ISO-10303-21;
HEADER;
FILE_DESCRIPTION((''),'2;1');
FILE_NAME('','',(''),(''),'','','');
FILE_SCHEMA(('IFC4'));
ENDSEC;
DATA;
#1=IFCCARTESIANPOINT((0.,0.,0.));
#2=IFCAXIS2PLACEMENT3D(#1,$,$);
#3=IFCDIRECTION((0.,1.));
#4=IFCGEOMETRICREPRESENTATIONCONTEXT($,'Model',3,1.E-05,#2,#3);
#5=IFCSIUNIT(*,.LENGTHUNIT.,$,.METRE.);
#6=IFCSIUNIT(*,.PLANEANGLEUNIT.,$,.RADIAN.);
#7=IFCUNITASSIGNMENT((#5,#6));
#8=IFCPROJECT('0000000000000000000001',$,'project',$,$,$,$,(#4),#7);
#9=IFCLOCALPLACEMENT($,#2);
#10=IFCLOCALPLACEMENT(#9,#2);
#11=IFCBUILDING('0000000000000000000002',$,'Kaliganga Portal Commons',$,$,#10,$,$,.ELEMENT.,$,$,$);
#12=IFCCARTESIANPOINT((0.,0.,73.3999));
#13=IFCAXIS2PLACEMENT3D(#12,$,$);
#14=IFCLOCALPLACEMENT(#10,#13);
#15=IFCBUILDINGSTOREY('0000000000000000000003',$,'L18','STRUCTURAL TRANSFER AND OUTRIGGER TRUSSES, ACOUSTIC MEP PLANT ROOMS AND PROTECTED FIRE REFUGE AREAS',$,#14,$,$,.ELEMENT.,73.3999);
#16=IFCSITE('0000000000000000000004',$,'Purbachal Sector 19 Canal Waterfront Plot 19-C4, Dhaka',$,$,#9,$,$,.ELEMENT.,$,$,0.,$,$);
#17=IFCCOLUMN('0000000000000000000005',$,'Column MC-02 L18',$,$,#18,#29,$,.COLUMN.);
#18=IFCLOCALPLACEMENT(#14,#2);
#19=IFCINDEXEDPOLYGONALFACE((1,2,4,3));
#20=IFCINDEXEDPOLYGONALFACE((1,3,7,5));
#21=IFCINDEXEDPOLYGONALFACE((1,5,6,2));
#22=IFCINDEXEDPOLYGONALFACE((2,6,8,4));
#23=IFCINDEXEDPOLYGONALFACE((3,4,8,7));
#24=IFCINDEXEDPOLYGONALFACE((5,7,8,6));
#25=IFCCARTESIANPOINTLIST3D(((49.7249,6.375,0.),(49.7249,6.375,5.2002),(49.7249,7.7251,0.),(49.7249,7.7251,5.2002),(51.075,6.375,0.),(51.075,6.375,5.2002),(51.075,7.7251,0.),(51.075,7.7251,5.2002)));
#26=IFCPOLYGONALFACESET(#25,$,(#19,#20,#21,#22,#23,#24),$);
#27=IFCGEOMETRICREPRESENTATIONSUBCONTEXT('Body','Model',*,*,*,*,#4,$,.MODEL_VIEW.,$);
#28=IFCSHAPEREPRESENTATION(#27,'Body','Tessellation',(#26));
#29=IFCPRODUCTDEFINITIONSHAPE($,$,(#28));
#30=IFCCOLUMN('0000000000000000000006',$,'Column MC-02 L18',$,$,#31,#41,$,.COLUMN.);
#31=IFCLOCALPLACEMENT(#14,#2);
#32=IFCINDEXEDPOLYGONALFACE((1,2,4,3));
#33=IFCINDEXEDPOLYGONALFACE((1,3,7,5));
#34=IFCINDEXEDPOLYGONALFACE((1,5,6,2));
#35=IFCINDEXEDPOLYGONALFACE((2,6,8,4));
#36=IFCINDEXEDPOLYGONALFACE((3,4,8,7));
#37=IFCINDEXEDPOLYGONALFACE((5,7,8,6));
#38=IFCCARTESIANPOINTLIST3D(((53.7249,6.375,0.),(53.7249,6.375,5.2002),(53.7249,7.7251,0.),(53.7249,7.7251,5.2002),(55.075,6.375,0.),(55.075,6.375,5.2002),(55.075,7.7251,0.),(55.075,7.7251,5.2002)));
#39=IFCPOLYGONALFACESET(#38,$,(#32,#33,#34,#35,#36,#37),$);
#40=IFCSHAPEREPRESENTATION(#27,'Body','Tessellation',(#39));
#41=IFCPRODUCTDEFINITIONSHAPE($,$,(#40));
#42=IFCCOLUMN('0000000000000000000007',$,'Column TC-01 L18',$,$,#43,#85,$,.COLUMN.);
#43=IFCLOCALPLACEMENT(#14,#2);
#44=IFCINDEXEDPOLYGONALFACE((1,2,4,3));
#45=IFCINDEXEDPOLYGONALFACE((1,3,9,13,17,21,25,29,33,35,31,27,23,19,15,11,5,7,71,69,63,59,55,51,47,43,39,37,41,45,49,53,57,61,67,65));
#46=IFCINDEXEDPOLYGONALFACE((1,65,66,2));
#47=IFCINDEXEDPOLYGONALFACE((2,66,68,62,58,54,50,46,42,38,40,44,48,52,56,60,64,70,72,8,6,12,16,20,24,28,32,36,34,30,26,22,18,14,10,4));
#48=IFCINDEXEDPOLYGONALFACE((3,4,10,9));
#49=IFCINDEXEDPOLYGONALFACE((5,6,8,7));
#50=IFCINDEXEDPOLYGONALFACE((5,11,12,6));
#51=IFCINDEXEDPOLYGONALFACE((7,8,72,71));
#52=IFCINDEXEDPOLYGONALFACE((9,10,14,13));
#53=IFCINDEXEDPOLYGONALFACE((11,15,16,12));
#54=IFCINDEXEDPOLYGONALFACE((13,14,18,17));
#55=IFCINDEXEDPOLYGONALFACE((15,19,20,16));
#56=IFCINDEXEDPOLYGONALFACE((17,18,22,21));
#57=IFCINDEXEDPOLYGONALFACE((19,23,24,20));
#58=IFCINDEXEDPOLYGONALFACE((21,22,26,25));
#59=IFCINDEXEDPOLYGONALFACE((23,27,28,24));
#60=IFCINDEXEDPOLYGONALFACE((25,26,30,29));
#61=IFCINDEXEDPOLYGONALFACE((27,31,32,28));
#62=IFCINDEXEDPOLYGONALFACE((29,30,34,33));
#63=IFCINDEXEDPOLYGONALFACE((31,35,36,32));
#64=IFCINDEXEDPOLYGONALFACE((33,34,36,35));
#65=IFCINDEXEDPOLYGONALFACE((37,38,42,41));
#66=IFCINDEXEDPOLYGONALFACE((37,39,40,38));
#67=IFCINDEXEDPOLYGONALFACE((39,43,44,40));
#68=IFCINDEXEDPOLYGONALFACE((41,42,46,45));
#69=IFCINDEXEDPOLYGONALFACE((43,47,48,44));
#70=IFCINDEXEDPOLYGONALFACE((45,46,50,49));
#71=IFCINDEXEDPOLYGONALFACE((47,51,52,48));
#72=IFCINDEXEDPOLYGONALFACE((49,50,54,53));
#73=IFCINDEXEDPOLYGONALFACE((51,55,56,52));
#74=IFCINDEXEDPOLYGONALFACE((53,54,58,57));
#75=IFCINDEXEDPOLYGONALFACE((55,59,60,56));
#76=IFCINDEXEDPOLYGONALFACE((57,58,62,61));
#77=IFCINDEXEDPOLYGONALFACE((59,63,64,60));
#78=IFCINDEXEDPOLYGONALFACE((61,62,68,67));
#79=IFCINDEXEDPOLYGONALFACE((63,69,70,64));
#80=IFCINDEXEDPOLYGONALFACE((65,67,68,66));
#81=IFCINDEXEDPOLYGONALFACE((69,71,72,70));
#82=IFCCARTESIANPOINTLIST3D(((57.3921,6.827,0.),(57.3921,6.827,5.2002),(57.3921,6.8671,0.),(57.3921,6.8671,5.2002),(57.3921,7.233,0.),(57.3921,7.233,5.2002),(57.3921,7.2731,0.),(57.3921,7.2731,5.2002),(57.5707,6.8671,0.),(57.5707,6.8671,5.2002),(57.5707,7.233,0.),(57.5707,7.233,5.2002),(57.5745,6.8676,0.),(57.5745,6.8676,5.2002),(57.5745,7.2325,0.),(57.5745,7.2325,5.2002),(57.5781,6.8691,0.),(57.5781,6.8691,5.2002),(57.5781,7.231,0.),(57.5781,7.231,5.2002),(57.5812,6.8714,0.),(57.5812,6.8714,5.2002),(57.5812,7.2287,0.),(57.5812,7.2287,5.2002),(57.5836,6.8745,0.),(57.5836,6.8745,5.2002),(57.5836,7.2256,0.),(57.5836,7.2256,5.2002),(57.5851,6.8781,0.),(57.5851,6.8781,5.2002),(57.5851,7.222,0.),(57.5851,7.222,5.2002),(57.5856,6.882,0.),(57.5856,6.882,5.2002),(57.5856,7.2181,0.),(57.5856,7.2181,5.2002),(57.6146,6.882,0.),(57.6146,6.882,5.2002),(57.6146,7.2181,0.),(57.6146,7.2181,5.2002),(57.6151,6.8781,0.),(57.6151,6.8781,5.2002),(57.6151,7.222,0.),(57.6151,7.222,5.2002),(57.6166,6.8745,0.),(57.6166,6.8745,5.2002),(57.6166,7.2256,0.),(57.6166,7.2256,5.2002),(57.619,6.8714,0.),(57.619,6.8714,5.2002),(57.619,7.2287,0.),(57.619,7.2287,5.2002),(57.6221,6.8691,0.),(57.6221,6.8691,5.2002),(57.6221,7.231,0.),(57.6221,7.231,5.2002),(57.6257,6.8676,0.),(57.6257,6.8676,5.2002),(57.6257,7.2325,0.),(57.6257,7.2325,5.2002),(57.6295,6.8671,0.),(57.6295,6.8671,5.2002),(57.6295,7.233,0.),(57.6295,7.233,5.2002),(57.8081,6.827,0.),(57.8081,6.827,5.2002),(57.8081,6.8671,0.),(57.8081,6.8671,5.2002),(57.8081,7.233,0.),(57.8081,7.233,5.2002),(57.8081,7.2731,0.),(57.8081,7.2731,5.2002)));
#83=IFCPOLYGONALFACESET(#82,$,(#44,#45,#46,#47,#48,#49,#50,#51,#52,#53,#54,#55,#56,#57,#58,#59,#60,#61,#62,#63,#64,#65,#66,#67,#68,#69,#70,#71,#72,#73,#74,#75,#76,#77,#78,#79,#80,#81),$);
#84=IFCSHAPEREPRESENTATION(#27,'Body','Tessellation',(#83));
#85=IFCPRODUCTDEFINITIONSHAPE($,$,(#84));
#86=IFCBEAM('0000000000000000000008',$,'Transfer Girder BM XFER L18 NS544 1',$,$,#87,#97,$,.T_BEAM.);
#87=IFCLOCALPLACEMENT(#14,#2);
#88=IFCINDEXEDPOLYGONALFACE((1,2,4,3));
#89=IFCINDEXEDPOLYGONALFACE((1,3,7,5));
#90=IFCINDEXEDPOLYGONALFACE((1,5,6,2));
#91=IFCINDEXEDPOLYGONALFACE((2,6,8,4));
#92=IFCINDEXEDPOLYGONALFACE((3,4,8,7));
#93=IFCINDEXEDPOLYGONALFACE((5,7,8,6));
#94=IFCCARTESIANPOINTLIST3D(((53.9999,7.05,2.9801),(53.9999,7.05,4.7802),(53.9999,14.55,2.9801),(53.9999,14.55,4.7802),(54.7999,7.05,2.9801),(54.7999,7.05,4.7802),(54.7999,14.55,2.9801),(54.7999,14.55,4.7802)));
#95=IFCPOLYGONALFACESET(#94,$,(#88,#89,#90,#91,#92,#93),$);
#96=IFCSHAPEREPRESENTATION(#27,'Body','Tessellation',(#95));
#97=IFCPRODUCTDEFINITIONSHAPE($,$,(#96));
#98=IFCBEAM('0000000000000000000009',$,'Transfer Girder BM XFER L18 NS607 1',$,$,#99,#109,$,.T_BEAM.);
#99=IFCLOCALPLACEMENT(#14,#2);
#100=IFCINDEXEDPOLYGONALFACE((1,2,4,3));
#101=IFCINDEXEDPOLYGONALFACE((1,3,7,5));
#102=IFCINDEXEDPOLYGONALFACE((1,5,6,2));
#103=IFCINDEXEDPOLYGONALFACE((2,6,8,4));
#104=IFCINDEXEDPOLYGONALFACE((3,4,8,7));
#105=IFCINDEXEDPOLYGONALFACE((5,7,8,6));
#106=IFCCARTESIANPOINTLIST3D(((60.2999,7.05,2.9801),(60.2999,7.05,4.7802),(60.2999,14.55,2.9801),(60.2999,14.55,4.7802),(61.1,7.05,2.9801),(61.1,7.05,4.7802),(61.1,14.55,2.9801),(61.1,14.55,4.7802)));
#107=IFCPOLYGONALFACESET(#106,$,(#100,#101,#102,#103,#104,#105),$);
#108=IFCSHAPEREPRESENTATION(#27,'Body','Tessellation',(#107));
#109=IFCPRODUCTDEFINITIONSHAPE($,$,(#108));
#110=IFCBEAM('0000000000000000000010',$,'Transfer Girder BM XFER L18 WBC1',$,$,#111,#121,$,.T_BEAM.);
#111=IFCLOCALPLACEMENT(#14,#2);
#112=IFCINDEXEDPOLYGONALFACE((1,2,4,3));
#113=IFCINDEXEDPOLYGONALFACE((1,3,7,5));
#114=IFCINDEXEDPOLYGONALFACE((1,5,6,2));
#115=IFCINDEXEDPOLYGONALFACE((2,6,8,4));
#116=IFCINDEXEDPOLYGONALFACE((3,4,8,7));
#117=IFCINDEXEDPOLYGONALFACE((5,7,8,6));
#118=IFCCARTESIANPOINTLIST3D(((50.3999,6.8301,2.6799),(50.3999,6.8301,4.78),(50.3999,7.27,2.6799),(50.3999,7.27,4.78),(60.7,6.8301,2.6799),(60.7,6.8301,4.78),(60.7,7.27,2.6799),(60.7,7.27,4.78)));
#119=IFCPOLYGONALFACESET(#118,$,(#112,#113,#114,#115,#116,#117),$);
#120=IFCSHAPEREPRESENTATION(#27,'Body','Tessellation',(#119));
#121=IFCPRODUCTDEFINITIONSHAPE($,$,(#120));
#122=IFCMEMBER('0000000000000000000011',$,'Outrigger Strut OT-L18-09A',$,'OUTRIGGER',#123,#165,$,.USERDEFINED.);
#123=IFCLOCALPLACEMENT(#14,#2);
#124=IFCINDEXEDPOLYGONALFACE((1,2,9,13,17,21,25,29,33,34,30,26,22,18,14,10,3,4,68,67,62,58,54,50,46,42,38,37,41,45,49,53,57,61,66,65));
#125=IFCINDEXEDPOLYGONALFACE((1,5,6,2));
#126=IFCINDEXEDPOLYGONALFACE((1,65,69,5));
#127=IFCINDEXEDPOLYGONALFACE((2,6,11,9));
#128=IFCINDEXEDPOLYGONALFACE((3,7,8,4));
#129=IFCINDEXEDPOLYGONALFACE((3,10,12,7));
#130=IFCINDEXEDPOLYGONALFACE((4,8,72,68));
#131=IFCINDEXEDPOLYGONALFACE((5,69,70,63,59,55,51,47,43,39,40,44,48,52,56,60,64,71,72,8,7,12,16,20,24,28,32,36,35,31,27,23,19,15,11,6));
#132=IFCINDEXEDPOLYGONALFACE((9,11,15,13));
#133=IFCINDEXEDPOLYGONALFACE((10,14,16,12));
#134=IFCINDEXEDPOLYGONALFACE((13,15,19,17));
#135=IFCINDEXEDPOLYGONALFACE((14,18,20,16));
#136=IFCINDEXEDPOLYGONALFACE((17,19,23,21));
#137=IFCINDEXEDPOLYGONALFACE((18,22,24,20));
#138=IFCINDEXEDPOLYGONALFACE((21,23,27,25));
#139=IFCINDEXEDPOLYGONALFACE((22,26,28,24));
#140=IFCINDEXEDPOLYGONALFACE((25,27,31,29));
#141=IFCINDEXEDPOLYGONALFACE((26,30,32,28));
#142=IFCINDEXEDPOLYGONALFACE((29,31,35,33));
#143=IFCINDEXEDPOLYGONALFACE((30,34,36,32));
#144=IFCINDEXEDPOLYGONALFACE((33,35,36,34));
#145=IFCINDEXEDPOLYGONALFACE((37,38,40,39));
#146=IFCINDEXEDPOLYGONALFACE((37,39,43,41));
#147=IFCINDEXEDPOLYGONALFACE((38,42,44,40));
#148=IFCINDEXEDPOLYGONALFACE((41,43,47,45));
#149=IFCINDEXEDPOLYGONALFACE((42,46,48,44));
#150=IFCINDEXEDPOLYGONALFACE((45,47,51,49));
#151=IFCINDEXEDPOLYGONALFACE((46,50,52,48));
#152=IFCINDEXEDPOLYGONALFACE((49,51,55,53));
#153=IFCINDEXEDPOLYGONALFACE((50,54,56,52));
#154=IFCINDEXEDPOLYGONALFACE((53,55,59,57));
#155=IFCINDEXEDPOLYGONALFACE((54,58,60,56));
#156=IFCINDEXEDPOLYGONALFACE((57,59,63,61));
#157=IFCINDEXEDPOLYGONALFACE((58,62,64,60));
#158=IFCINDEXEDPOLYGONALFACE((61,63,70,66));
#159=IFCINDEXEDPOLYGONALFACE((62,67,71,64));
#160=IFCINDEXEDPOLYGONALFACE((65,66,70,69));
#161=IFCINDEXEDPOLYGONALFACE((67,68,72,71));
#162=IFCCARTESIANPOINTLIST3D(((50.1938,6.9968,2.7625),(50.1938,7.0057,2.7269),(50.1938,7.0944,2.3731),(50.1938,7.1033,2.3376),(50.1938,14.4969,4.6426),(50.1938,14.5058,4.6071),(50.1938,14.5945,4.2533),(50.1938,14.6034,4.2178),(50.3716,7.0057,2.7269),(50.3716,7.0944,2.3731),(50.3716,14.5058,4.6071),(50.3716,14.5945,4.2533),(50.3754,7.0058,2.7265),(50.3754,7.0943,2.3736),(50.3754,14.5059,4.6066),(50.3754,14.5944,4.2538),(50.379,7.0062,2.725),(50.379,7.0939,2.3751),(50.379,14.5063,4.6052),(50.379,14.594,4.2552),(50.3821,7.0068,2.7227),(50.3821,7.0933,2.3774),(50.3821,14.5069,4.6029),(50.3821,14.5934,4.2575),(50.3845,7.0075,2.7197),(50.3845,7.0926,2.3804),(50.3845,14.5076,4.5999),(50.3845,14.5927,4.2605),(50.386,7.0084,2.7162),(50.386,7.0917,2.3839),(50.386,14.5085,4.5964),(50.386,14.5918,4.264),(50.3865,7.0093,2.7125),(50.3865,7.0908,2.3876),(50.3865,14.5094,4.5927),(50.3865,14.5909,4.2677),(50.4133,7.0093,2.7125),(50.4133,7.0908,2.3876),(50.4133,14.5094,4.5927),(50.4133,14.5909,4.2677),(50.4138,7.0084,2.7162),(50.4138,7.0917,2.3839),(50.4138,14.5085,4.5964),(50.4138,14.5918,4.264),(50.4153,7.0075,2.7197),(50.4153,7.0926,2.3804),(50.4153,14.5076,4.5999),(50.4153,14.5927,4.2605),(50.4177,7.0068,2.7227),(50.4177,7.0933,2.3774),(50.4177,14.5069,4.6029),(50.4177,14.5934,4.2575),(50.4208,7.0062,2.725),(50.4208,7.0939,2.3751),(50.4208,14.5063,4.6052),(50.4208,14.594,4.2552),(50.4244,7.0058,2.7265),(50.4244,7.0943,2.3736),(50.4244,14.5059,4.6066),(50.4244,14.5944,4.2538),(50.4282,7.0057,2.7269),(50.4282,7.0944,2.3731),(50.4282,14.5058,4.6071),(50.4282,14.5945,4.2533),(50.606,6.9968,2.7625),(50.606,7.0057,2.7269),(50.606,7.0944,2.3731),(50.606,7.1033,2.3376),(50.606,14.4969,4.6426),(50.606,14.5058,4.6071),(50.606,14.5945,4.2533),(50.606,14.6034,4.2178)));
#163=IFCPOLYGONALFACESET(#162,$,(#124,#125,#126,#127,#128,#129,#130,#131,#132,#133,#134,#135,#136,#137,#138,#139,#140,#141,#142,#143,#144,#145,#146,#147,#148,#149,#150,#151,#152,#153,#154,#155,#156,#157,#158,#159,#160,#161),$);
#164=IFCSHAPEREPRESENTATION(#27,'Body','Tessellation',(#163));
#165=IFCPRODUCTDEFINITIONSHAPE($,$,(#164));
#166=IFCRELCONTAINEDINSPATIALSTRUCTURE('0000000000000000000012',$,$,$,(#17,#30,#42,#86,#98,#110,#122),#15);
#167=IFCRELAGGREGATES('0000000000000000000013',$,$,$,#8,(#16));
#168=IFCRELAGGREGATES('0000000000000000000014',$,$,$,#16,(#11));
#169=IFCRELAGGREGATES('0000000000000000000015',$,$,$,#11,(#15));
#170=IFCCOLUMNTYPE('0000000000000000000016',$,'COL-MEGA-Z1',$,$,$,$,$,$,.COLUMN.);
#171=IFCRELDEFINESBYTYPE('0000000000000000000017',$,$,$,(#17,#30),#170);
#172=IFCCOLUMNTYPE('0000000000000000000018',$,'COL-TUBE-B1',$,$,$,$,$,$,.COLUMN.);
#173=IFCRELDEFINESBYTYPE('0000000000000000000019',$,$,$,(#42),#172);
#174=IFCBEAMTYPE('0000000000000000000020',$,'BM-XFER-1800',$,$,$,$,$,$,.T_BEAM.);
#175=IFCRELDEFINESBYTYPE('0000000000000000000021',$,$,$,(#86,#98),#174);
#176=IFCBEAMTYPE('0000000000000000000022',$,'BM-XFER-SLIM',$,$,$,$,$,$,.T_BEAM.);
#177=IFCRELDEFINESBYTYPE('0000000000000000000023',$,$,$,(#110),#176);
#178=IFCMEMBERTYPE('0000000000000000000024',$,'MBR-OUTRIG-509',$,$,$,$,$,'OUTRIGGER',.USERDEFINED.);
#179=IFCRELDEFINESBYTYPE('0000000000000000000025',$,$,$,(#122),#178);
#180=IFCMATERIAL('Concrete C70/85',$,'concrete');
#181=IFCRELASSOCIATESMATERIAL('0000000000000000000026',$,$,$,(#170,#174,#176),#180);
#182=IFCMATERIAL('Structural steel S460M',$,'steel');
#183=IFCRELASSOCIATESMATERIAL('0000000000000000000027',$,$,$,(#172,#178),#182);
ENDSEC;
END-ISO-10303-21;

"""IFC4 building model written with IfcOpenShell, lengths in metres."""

from ifc_helpers import new_model, si_unit, direction, frame, origin, origin_2d, place, context, subcontext, project, spatial, rectangle, i_section, extrude, source, transform, mapped, material, material_profile, profile_set, type_object, element, save


model = new_model("IFC4")

# Units and contexts
model_context = context("Model", 3, precision=1e-05, world=origin(), true_north=direction((0.0, 1.0)))
body_context = subcontext(model_context, "Body", "Model", "MODEL_VIEW")
ifc_project = project(units=[si_unit("LENGTHUNIT", "METRE"), si_unit("PLANEANGLEUNIT", "RADIAN")], contexts=[model_context])

# Site, building, storey
site_placement = place(None, origin())
site = spatial("IfcSite", under=ifc_project, at=site_placement, Name="Purbachal Sector 19 Canal Waterfront Plot 19-C4, Dhaka", CompositionType="ELEMENT", RefElevation=0.0)
building_placement = place(site_placement, origin())
building = spatial("IfcBuilding", under=site, at=building_placement, Name="Kaliganga Portal Commons", CompositionType="ELEMENT")
storey_placement = place(building_placement, frame((0.0, 0.0, 73.3999)))
storey = spatial("IfcBuildingStorey", under=building, at=storey_placement, Name="L18", Description="STRUCTURAL TRANSFER AND OUTRIGGER TRUSSES, ACOUSTIC MEP PLANT ROOMS AND PROTECTED FIRE REFUGE AREAS", CompositionType="ELEMENT", Elevation=73.3999)

# Columns
ifc_material_1 = material(Name="Concrete C70/85", Category="concrete")
ifc_material_profile_1 = material_profile(ifc_material_1, rectangle(XDim=1.3501, YDim=1.3501, at=origin_2d()), Name="RC 1350x1350")
ifc_profile_set_1 = profile_set([ifc_material_profile_1], Name="Concrete C70/85")
column_type_1 = type_object("IfcColumnType", Name="COL-MEGA-Z1", PredefinedType="COLUMN", material=ifc_profile_set_1)
shared_shape_1 = source(origin(), body_context, "Body", "SweptSolid", [
    extrude(rectangle(XDim=1.3501, YDim=1.3501, at=origin_2d()), origin(), (0.0, 0.0, 1.0), 5.2002),
])
for number, where, z_axis, x_axis, name in (
    (1, (50.3999, 7.05, 0.0), (0.0, 0.0, 1.0), (1.0, 0.0, 0.0), "Column MC-02 L18"),
    (2, (54.3999, 7.05, 0.0), (0.0, 0.0, 1.0), (1.0, 0.0, 0.0), "Column MC-02 L18"),
):
    element("IfcColumn", number, at=place(storey_placement, frame(where, z_axis=z_axis, x_axis=x_axis)), inside=storey, type_object=column_type_1, Name=name, PredefinedType="COLUMN", context=body_context, shape_type="MappedRepresentation", body=[
        mapped(shared_shape_1, transform((0.0, 0.0, 0.0), x_axis=(1.0, 0.0, 0.0), y_axis=(0.0, 1.0, 0.0), z_axis=(0.0, 0.0, 1.0), scale=1.0)),
    ])
ifc_material_2 = material(Name="Structural steel S460M", Category="steel")
ifc_material_profile_2 = material_profile(ifc_material_2, i_section(OverallWidth=0.416, OverallDepth=0.446, WebThickness=0.0291, FlangeThickness=0.04, FilletRadius=0.0149, at=origin_2d()), Name="HD 400x509")
ifc_profile_set_2 = profile_set([ifc_material_profile_2], Name="Structural steel S460M wide-flange")
column_type_2 = type_object("IfcColumnType", Name="COL-TUBE-B1", PredefinedType="COLUMN", material=ifc_profile_set_2)
shared_shape_2 = source(origin(), body_context, "Body", "SweptSolid", [
    extrude(i_section(OverallWidth=0.416, OverallDepth=0.446, WebThickness=0.0291, FlangeThickness=0.04, FilletRadius=0.0149, at=origin_2d()), origin(), (0.0, 0.0, 1.0), 5.2002),
])
column_placement = place(storey_placement, frame((57.6001, 7.05, 0.0), z_axis=(0.0, 0.0, 1.0), x_axis=(1.0, 0.0, 0.0)))
element("IfcColumn", 3, at=column_placement, inside=storey, type_object=column_type_2, Name="Column TC-01 L18", PredefinedType="COLUMN", context=body_context, shape_type="MappedRepresentation", body=[
    mapped(shared_shape_2, transform((0.0, 0.0, 0.0), x_axis=(1.0, 0.0, 0.0), y_axis=(0.0, 1.0, 0.0), z_axis=(0.0, 0.0, 1.0), scale=1.0)),
])

# Beams
ifc_material_profile_3 = material_profile(ifc_material_1, rectangle(XDim=0.8, YDim=1.8, at=origin_2d()), Name="RC 800x1800")
ifc_profile_set_3 = profile_set([ifc_material_profile_3], Name="Concrete C70/85")
beam_type_1 = type_object("IfcBeamType", Name="BM-XFER-1800", PredefinedType="T_BEAM", material=ifc_profile_set_3)
shared_shape_3 = source(origin(), body_context, "Body", "SweptSolid", [
    extrude(rectangle(XDim=0.8, YDim=1.8, at=origin_2d()), origin(), (0.0, 0.0, 1.0), 7.5),
])
for number, where, z_axis, x_axis, name in (
    (4, (54.3999, 7.05, 3.8801), (0.0, 1.0, 0.0), (-1.0, 0.0, 0.0), "Transfer Girder BM XFER L18 NS544 1"),
    (5, (60.7, 7.05, 3.8801), (0.0, 1.0, 0.0), (-1.0, 0.0, 0.0), "Transfer Girder BM XFER L18 NS607 1"),
):
    element("IfcBeam", number, at=place(storey_placement, frame(where, z_axis=z_axis, x_axis=x_axis)), inside=storey, type_object=beam_type_1, Name=name, PredefinedType="T_BEAM", context=body_context, shape_type="MappedRepresentation", body=[
        mapped(shared_shape_3, transform((0.0, 0.0, 0.0), x_axis=(1.0, 0.0, 0.0), y_axis=(0.0, 1.0, 0.0), z_axis=(0.0, 0.0, 1.0), scale=1.0)),
    ])
ifc_material_profile_4 = material_profile(ifc_material_1, rectangle(XDim=0.4399, YDim=2.1001, at=origin_2d()), Name="RC 440x2100")
ifc_profile_set_4 = profile_set([ifc_material_profile_4], Name="Concrete C70/85")
beam_type_2 = type_object("IfcBeamType", Name="BM-XFER-SLIM", PredefinedType="T_BEAM", material=ifc_profile_set_4)
shared_shape_4 = source(origin(), body_context, "Body", "SweptSolid", [
    extrude(rectangle(XDim=0.4399, YDim=2.1001, at=origin_2d()), origin(), (0.0, 0.0, 1.0), 10.3),
])
beam_placement = place(storey_placement, frame((50.3999, 7.05, 3.73), z_axis=(1.0, 0.0, 0.0), x_axis=(0.0, 1.0, 0.0)))
element("IfcBeam", 6, at=beam_placement, inside=storey, type_object=beam_type_2, Name="Transfer Girder BM XFER L18 WBC1", PredefinedType="T_BEAM", context=body_context, shape_type="MappedRepresentation", body=[
    mapped(shared_shape_4, transform((0.0, 0.0, 0.0), x_axis=(1.0, 0.0, 0.0), y_axis=(0.0, 1.0, 0.0), z_axis=(0.0, 0.0, 1.0), scale=1.0)),
])

# Member
ifc_material_profile_5 = material_profile(ifc_material_2, i_section(OverallWidth=0.4121, OverallDepth=0.438, WebThickness=0.0269, FlangeThickness=0.0366, FilletRadius=0.0149, at=origin_2d()), Name="HD 400x463")
ifc_profile_set_5 = profile_set([ifc_material_profile_5], Name="Structural steel S460M wide-flange")
member_type_1 = type_object("IfcMemberType", Name="MBR-OUTRIG-509", ElementType="OUTRIGGER", PredefinedType="USERDEFINED", material=ifc_profile_set_5)
shared_shape_5 = source(origin(), body_context, "Body", "SweptSolid", [
    extrude(i_section(OverallWidth=0.4121, OverallDepth=0.438, WebThickness=0.0269, FlangeThickness=0.0366, FilletRadius=0.0149, at=origin_2d()), origin(), (0.0, 0.0, 1.0), 7.7322),
])
member_placement = place(storey_placement, frame((50.3999, 7.05, 2.55), z_axis=(0.0, 0.969986, 0.24316), x_axis=(-1.0, 0.0, 0.0)))
element("IfcMember", 7, at=member_placement, inside=storey, type_object=member_type_1, Name="Outrigger Strut OT-L18-09A", ObjectType="OUTRIGGER", PredefinedType="USERDEFINED", context=body_context, shape_type="MappedRepresentation", body=[
    mapped(shared_shape_5, transform((0.0, 0.0, 0.0), x_axis=(1.0, 0.0, 0.0), y_axis=(0.0, 1.0, 0.0), z_axis=(0.0, 0.0, 1.0), scale=1.0)),
])

save(model, "model.ifc")
